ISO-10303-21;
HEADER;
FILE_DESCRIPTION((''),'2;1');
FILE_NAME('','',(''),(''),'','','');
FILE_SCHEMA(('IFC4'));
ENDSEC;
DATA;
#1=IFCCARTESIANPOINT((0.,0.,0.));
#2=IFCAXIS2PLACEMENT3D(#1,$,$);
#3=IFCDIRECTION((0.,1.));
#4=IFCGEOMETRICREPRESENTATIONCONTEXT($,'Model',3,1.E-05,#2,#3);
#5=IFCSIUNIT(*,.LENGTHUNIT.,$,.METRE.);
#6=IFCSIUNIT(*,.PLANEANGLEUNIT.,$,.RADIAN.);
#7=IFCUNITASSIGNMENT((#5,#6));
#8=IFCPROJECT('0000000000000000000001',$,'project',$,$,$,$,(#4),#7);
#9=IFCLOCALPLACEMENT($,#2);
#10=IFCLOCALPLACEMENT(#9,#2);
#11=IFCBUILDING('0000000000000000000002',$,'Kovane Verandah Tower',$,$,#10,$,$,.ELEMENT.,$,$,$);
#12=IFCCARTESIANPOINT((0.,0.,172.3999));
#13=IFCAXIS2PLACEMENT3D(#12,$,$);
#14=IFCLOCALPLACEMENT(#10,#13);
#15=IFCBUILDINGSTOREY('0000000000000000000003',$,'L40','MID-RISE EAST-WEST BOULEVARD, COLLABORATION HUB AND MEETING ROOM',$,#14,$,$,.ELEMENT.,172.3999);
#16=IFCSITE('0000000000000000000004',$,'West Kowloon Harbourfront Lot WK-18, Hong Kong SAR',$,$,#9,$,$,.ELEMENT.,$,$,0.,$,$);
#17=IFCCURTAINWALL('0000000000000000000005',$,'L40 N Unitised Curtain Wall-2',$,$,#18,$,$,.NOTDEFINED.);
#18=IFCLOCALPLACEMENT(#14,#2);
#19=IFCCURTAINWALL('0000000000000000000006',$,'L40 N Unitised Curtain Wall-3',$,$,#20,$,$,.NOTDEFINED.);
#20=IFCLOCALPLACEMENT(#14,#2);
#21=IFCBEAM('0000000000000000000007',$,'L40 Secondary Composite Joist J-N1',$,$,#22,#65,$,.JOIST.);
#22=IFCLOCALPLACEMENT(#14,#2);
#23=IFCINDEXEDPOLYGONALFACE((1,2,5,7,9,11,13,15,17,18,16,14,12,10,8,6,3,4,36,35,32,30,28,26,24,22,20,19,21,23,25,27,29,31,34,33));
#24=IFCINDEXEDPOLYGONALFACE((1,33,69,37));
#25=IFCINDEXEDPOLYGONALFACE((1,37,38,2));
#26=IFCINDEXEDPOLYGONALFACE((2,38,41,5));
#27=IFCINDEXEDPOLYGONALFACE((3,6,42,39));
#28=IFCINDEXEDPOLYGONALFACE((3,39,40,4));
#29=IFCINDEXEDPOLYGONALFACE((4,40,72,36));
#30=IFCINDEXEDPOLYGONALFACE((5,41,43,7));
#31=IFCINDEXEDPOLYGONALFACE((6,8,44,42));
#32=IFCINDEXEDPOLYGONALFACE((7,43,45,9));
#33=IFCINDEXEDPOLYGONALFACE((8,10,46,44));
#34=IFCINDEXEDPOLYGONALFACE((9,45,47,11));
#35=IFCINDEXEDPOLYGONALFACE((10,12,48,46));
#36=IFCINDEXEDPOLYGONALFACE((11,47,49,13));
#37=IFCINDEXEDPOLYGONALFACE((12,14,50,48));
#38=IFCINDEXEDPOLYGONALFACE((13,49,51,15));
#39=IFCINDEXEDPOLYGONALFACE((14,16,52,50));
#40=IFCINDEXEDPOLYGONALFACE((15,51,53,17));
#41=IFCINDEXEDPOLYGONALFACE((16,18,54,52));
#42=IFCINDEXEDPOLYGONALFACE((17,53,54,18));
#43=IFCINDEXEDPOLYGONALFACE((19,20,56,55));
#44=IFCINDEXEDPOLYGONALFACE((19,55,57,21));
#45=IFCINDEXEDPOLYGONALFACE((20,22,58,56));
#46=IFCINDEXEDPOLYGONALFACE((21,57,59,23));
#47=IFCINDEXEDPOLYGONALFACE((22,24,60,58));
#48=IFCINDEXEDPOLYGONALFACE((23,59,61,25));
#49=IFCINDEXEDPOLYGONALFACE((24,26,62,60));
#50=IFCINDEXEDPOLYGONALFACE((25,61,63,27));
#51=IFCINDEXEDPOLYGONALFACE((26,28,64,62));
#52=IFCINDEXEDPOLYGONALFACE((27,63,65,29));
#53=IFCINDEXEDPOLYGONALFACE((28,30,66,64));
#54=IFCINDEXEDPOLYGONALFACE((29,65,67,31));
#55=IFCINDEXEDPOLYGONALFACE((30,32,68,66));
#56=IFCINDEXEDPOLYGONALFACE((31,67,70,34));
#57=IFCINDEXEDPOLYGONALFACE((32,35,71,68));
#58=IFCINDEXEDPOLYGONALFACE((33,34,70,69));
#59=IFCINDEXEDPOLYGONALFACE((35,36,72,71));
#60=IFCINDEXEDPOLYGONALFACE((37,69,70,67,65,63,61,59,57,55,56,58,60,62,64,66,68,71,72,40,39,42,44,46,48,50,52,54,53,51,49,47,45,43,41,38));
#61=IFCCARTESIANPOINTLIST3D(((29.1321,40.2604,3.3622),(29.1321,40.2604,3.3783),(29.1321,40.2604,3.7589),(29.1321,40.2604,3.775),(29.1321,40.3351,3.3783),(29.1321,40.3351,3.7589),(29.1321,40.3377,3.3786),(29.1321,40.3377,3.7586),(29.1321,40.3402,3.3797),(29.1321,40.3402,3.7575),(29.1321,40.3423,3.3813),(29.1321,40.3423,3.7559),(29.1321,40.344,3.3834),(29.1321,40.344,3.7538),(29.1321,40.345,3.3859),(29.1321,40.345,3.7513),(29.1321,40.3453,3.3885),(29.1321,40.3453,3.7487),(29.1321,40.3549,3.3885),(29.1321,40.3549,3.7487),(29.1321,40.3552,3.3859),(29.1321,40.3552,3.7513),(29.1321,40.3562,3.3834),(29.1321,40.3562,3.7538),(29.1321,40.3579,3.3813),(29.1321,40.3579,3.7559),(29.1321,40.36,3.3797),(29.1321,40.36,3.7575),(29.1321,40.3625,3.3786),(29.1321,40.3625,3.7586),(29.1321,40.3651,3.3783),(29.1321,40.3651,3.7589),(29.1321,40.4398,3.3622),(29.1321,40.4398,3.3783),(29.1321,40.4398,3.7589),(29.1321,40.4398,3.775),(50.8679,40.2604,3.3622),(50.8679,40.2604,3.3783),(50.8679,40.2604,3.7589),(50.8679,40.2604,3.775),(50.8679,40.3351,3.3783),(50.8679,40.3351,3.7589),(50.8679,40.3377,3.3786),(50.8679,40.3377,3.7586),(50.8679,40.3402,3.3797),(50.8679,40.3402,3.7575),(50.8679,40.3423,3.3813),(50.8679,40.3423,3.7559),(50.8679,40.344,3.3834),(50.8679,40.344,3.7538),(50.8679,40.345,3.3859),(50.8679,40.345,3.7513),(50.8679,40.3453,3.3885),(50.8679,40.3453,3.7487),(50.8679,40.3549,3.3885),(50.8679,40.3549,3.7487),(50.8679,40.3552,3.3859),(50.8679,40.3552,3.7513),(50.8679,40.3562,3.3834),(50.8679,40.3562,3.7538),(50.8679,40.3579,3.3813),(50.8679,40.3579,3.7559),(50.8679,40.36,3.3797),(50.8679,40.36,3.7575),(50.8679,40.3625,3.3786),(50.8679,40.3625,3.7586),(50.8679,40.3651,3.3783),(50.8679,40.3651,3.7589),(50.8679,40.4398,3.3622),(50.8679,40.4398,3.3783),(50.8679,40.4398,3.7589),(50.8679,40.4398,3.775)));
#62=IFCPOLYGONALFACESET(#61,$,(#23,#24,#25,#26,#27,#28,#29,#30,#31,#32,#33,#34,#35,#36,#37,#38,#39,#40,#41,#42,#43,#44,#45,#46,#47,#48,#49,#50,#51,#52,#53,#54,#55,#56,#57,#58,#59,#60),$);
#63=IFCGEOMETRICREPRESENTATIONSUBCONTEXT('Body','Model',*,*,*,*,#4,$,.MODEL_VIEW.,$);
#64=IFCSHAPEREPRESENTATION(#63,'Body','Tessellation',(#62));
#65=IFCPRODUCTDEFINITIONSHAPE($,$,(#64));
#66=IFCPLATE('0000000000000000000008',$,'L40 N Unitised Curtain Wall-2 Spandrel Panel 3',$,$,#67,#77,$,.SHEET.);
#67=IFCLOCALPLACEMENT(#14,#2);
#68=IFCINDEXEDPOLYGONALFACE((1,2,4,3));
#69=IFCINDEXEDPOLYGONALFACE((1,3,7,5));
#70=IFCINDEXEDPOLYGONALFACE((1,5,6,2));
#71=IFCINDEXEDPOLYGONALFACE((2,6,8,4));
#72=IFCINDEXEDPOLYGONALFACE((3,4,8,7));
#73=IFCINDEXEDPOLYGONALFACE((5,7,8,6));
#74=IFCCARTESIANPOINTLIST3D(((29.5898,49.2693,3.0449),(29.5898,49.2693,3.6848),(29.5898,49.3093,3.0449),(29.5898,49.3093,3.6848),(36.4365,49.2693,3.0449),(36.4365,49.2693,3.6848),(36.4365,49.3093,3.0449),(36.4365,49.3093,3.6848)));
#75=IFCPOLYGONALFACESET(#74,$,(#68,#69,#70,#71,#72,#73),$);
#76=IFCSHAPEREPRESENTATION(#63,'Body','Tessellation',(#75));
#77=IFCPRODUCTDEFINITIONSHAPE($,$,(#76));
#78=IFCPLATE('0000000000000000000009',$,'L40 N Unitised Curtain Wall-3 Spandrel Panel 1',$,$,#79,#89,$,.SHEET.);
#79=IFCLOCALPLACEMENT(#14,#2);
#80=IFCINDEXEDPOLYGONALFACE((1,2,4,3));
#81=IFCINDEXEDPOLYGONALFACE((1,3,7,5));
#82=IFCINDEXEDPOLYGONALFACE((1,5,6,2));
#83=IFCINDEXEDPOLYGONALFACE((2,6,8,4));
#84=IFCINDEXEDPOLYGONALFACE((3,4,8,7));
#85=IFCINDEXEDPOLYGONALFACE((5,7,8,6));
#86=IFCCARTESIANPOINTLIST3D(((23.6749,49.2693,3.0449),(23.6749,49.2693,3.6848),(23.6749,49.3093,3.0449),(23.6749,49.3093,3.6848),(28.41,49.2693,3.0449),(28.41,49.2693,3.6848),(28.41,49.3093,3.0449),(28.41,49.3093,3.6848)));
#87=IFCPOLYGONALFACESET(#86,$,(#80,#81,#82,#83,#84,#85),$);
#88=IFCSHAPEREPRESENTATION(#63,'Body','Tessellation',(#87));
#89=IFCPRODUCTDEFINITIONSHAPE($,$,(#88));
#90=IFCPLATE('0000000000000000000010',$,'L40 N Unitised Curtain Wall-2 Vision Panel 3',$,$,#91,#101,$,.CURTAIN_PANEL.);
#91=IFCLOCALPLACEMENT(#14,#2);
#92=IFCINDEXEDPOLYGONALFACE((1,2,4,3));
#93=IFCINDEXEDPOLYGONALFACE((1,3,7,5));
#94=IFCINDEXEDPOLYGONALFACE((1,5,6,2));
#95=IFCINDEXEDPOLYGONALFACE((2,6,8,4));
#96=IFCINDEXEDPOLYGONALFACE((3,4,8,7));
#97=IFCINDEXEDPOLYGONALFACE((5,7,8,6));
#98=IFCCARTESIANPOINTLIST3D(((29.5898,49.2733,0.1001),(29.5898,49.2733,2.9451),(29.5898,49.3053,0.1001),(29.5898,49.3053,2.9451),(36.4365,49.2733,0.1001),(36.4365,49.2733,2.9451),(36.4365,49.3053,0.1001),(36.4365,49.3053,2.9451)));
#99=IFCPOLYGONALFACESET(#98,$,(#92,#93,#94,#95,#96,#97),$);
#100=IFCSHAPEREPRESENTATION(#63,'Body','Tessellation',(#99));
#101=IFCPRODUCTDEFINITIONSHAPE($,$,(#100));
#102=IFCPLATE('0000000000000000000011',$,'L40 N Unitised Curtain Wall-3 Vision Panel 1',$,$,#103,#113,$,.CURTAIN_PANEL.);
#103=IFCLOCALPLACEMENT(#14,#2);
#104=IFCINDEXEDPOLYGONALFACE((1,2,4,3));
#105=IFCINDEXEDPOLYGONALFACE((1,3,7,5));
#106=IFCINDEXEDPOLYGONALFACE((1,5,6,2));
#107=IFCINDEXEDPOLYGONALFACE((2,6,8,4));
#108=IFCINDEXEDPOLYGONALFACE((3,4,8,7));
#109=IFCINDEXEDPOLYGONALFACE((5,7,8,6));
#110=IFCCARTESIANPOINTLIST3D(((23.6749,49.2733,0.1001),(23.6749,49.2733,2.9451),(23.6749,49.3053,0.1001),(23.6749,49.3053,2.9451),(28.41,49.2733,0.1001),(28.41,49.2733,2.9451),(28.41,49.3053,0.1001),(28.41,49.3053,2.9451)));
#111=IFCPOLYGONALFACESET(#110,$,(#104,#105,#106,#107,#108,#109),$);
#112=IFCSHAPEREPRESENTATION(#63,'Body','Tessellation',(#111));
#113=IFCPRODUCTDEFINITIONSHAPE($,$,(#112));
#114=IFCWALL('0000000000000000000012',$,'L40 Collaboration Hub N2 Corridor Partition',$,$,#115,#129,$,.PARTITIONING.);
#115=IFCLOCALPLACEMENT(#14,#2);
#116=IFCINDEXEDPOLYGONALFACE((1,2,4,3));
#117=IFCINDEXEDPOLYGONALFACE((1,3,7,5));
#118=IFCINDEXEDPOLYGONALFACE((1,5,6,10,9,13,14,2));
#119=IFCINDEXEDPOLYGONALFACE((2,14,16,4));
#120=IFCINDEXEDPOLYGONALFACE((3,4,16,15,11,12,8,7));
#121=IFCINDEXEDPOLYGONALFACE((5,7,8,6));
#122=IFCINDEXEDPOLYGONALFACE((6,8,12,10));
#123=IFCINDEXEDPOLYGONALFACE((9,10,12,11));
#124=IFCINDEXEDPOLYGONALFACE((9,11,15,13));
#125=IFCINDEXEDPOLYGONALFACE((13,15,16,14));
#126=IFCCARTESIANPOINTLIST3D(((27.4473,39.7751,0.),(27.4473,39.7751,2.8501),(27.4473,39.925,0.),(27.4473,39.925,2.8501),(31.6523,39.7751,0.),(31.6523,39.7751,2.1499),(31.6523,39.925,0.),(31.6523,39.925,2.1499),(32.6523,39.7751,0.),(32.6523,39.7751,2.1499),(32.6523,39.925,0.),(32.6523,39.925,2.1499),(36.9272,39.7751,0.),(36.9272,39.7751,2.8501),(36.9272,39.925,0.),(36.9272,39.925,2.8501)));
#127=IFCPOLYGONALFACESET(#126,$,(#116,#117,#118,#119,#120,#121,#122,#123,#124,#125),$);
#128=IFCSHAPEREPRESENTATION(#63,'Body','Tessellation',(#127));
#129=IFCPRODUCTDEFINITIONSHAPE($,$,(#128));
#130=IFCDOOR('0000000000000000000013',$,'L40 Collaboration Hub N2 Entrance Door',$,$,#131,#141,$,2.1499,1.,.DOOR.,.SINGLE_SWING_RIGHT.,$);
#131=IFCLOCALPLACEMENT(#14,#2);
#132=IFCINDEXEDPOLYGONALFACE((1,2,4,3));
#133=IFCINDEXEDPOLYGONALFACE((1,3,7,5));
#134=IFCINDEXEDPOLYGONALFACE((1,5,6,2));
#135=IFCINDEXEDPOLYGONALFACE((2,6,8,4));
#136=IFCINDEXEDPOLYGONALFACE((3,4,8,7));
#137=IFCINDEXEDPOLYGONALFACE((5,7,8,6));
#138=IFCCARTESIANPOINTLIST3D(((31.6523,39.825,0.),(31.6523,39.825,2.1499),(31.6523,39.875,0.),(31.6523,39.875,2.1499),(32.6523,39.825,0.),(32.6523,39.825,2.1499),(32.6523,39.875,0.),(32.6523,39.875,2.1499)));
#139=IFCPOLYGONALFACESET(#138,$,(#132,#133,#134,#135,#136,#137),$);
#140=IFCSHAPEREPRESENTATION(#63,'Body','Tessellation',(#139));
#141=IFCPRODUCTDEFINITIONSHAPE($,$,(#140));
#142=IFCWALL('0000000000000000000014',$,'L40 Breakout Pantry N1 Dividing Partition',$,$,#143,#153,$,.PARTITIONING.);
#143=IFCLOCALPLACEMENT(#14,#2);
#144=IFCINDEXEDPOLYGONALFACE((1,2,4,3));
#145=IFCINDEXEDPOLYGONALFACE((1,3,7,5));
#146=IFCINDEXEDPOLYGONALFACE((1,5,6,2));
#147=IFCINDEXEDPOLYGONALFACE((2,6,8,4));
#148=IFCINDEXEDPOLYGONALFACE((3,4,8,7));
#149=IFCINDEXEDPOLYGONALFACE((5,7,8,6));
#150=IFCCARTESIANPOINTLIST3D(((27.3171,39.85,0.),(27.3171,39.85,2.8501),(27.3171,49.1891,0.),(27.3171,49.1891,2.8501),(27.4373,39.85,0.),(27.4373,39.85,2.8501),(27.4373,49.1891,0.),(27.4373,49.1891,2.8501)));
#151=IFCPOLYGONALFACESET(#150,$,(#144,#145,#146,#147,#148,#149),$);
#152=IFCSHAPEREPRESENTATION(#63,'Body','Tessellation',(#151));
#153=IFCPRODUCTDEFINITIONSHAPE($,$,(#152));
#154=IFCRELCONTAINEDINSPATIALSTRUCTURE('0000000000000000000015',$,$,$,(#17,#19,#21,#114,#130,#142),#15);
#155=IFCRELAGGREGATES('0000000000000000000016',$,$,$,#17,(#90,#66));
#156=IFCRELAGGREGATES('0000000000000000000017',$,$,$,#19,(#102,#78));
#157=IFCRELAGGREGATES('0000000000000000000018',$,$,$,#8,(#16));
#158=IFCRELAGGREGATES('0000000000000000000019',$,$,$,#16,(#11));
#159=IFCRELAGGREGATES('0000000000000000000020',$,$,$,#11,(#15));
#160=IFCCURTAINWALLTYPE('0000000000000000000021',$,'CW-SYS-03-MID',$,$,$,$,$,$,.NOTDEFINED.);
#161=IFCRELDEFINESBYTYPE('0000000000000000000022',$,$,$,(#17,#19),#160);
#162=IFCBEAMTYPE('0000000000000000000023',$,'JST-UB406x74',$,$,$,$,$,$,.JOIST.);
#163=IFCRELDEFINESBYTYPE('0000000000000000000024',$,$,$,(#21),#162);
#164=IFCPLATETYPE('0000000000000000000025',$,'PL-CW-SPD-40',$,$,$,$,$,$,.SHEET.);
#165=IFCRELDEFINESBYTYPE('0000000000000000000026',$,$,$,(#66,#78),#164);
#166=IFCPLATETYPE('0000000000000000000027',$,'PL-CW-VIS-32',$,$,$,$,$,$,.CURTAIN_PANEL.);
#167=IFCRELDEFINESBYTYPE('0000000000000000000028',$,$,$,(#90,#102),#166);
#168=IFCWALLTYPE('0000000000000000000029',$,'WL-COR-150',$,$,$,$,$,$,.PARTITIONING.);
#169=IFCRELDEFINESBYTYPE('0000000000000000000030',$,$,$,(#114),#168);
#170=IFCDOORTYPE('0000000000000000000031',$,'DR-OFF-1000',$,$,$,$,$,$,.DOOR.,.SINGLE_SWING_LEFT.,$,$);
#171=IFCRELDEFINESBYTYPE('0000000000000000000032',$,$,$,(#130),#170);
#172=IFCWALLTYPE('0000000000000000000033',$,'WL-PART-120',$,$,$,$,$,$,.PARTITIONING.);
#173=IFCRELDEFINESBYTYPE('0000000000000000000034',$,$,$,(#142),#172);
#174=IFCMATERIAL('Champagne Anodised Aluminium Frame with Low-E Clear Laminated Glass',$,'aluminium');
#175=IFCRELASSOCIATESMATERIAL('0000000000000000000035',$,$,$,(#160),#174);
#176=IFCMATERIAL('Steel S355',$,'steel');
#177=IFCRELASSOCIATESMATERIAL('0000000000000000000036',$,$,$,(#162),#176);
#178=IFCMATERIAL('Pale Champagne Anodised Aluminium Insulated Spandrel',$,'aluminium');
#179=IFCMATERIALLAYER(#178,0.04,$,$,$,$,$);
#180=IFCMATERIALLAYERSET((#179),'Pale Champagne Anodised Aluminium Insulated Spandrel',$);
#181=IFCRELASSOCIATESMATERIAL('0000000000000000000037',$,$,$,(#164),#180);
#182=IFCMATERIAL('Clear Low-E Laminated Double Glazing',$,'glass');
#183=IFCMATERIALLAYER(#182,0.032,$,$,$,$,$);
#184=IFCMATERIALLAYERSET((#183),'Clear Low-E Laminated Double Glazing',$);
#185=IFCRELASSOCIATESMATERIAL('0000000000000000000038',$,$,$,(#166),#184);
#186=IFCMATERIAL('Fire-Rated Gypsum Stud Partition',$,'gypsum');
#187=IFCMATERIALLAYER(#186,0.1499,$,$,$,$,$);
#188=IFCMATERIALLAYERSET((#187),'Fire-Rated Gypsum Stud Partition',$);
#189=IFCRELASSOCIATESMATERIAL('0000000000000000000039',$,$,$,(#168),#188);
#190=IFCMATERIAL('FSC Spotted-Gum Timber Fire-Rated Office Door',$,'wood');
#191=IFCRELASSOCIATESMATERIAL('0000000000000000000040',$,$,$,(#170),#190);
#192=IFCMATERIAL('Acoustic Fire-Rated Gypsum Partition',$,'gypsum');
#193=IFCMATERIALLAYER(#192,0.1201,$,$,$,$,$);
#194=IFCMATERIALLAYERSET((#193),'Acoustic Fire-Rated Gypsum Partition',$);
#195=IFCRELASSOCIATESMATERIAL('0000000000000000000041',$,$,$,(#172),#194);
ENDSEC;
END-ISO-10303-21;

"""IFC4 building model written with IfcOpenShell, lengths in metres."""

from ifc_helpers import new_model, si_unit, direction, frame, frame_2d, origin, origin_2d, place, context, subcontext, project, spatial, rectangle, i_section, extrude, material, layer, layer_set, material_profile, profile_set, type_object, element, fill, aggregate, save


model = new_model("IFC4")

# Units and contexts
model_context = context("Model", 3, precision=1e-05, world=origin(), true_north=direction((0.0, 1.0)))
body_context = subcontext(model_context, "Body", "Model", "MODEL_VIEW")
ifc_project = project(units=[si_unit("LENGTHUNIT", "METRE"), si_unit("PLANEANGLEUNIT", "RADIAN")], contexts=[model_context])

# Site, building, storey
site_placement = place(None, origin())
site = spatial("IfcSite", under=ifc_project, at=site_placement, Name="West Kowloon Harbourfront Lot WK-18, Hong Kong SAR", CompositionType="ELEMENT", RefElevation=0.0)
building_placement = place(site_placement, origin())
building = spatial("IfcBuilding", under=site, at=building_placement, Name="Kovane Verandah Tower", CompositionType="ELEMENT")
storey_placement = place(building_placement, frame((0.0, 0.0, 172.3999)))
storey = spatial("IfcBuildingStorey", under=building, at=storey_placement, Name="L40", Description="MID-RISE EAST-WEST BOULEVARD, COLLABORATION HUB AND MEETING ROOM", CompositionType="ELEMENT", Elevation=172.3999)

# Shared definitions
ifc_material_1 = material(Name="Steel S355", Category="steel")

# Curtain wall
ifc_material_2 = material(Name="Champagne Anodised Aluminium Frame with Low-E Clear Laminated Glass", Category="aluminium")
curtain_wall_type = type_object("IfcCurtainWallType", Name="CW-SYS-03-MID", PredefinedType="NOTDEFINED", material=ifc_material_2)
curtain_wall_1_placement = place(storey_placement, origin())
curtain_wall_1 = element("IfcCurtainWall", 1, at=curtain_wall_1_placement, inside=storey, type_object=curtain_wall_type, Name="L40 N Unitised Curtain Wall-2", PredefinedType="NOTDEFINED")

# Curtain wall
curtain_wall_2_placement = place(storey_placement, origin())
curtain_wall_2 = element("IfcCurtainWall", 2, at=curtain_wall_2_placement, inside=storey, type_object=curtain_wall_type, Name="L40 N Unitised Curtain Wall-3", PredefinedType="NOTDEFINED")

# Beam
ifc_material_profile_1 = material_profile(ifc_material_1, i_section(OverallWidth=0.1794, OverallDepth=0.4128, WebThickness=0.0095, FlangeThickness=0.0161, FilletRadius=0.0103, at=origin_2d()), Name="UB406x178x74")
ifc_profile_set_1 = profile_set([ifc_material_profile_1], Name="Steel S355")
beam_type_1 = type_object("IfcBeamType", Name="JST-UB406x74", PredefinedType="JOIST", material=ifc_profile_set_1)
beam_1_placement = place(storey_placement, frame((29.1321, 40.3501, 3.5686), z_axis=(1.0, 0.0, 0.0), x_axis=(0.0, 1.0, 0.0)))
element("IfcBeam", 3, at=beam_1_placement, inside=storey, type_object=beam_type_1, Name="L40 Secondary Composite Joist J-N1", PredefinedType="JOIST", context=body_context, shape_type="SweptSolid", body=[
    extrude(i_section(OverallWidth=0.1794, OverallDepth=0.4128, WebThickness=0.0095, FlangeThickness=0.0161, FilletRadius=0.0103, at=origin_2d()), origin(), (0.0, 0.0, 1.0), 21.7358),
])

# Plates
ifc_material_3 = material(Name="Pale Champagne Anodised Aluminium Insulated Spandrel", Category="aluminium")
ifc_layer_1 = layer(ifc_material_3, 0.04)
ifc_layer_set_1 = layer_set([ifc_layer_1], Name="Pale Champagne Anodised Aluminium Insulated Spandrel")
plate_type_1 = type_object("IfcPlateType", Name="PL-CW-SPD-40", PredefinedType="SHEET", material=ifc_layer_set_1)
plate_1_placement = place(storey_placement, frame((33.0132, 49.2893, 3.0449), z_axis=(0.0, 0.0, 1.0), x_axis=(-1.0, 0.0, 0.0)))
plate_1 = element("IfcPlate", 4, at=plate_1_placement, type_object=plate_type_1, Name="L40 N Unitised Curtain Wall-2 Spandrel Panel 3", PredefinedType="SHEET", context=body_context, shape_type="SweptSolid", body=[
    extrude(rectangle(XDim=6.8467, YDim=0.04, at=origin_2d()), origin(), (0.0, 0.0, 1.0), 0.6399),
])
plate_2_placement = place(storey_placement, frame((26.0425, 49.2893, 3.0449), z_axis=(0.0, 0.0, 1.0), x_axis=(-1.0, 0.0, 0.0)))
plate_2 = element("IfcPlate", 5, at=plate_2_placement, type_object=plate_type_1, Name="L40 N Unitised Curtain Wall-3 Spandrel Panel 1", PredefinedType="SHEET", context=body_context, shape_type="SweptSolid", body=[
    extrude(rectangle(XDim=4.7351, YDim=0.04, at=origin_2d()), origin(), (0.0, 0.0, 1.0), 0.6399),
])
ifc_material_4 = material(Name="Clear Low-E Laminated Double Glazing", Category="glass")
ifc_layer_2 = layer(ifc_material_4, 0.032)
ifc_layer_set_2 = layer_set([ifc_layer_2], Name="Clear Low-E Laminated Double Glazing")
plate_type_2 = type_object("IfcPlateType", Name="PL-CW-VIS-32", PredefinedType="CURTAIN_PANEL", material=ifc_layer_set_2)
plate_3_placement = place(storey_placement, frame((33.0132, 49.2893, 0.1001), z_axis=(0.0, 0.0, 1.0), x_axis=(-1.0, 0.0, 0.0)))
plate_3 = element("IfcPlate", 6, at=plate_3_placement, type_object=plate_type_2, Name="L40 N Unitised Curtain Wall-2 Vision Panel 3", PredefinedType="CURTAIN_PANEL", context=body_context, shape_type="SweptSolid", body=[
    extrude(rectangle(XDim=6.8467, YDim=0.032, at=origin_2d()), origin(), (0.0, 0.0, 1.0), 2.845),
])
aggregate(curtain_wall_1, [plate_3, plate_1])
plate_4_placement = place(storey_placement, frame((26.0425, 49.2893, 0.1001), z_axis=(0.0, 0.0, 1.0), x_axis=(-1.0, 0.0, 0.0)))
plate_4 = element("IfcPlate", 7, at=plate_4_placement, type_object=plate_type_2, Name="L40 N Unitised Curtain Wall-3 Vision Panel 1", PredefinedType="CURTAIN_PANEL", context=body_context, shape_type="SweptSolid", body=[
    extrude(rectangle(XDim=4.7351, YDim=0.032, at=origin_2d()), origin(), (0.0, 0.0, 1.0), 2.845),
])
aggregate(curtain_wall_2, [plate_4, plate_2])

# Wall, opening, door
ifc_material_5 = material(Name="Fire-Rated Gypsum Stud Partition", Category="gypsum")
ifc_layer_3 = layer(ifc_material_5, 0.1499)
ifc_layer_set_3 = layer_set([ifc_layer_3], Name="Fire-Rated Gypsum Stud Partition")
wall_type_1 = type_object("IfcWallType", Name="WL-COR-150", PredefinedType="PARTITIONING", material=ifc_layer_set_3)
wall_1_placement = place(storey_placement, frame((27.4473, 39.8501, 0.0), z_axis=(0.0, 0.0, 1.0), x_axis=(1.0, 0.0, 0.0)))
wall_1 = element("IfcWall", 8, at=wall_1_placement, inside=storey, type_object=wall_type_1, Name="L40 Collaboration Hub N2 Corridor Partition", PredefinedType="PARTITIONING", context=body_context, shape_type="SweptSolid", body=[
    extrude(rectangle(XDim=9.48, YDim=0.1499, at=frame_2d((4.74, 0.0))), origin(), (0.0, 0.0, 1.0), 2.8501),
])
opening_placement = place(wall_1_placement, frame((4.2051, 0.0, 0.0)))
opening = element("IfcOpeningElement", 9, at=opening_placement, cuts=wall_1, PredefinedType="OPENING", context=body_context, shape_type="SweptSolid", body=[
    extrude(rectangle(XDim=1.0, YDim=2.1499, at=frame_2d((0.5, 1.075))), frame((0.0, 0.075, 0.0), z_axis=(0.0, -1.0, 0.0), x_axis=(1.0, 0.0, 0.0)), (0.0, 0.0, 1.0), 0.1499),
])
ifc_material_6 = material(Name="FSC Spotted-Gum Timber Fire-Rated Office Door", Category="wood")
door_type = type_object("IfcDoorType", Name="DR-OFF-1000", OperationType="SINGLE_SWING_LEFT", PredefinedType="DOOR", material=ifc_material_6)
door_placement = place(opening_placement, origin())
door = element("IfcDoor", 10, at=door_placement, inside=storey, type_object=door_type, Name="L40 Collaboration Hub N2 Entrance Door", OperationType="SINGLE_SWING_RIGHT", OverallHeight=2.1499, OverallWidth=1.0, PredefinedType="DOOR", context=body_context, shape_type="SweptSolid", body=[
    extrude(rectangle(XDim=1.0, YDim=2.1499, at=frame_2d((0.5, 1.075))), frame((0.0, 0.0249, 0.0), z_axis=(0.0, -1.0, 0.0), x_axis=(1.0, 0.0, 0.0)), (0.0, 0.0, 1.0), 0.05),
])
fill(opening, door)

# Wall
ifc_material_7 = material(Name="Acoustic Fire-Rated Gypsum Partition", Category="gypsum")
ifc_layer_4 = layer(ifc_material_7, 0.1201)
ifc_layer_set_4 = layer_set([ifc_layer_4], Name="Acoustic Fire-Rated Gypsum Partition")
wall_type_2 = type_object("IfcWallType", Name="WL-PART-120", PredefinedType="PARTITIONING", material=ifc_layer_set_4)
wall_2_placement = place(storey_placement, frame((27.3772, 39.8501, 0.0), z_axis=(0.0, 0.0, 1.0), x_axis=(0.0, 1.0, 0.0)))
element("IfcWall", 11, at=wall_2_placement, inside=storey, type_object=wall_type_2, Name="L40 Breakout Pantry N1 Dividing Partition", PredefinedType="PARTITIONING", context=body_context, shape_type="SweptSolid", body=[
    extrude(rectangle(XDim=9.3391, YDim=0.1201, at=frame_2d((4.6694, 0.0))), origin(), (0.0, 0.0, 1.0), 2.8501),
])

save(model, "model.ifc")
